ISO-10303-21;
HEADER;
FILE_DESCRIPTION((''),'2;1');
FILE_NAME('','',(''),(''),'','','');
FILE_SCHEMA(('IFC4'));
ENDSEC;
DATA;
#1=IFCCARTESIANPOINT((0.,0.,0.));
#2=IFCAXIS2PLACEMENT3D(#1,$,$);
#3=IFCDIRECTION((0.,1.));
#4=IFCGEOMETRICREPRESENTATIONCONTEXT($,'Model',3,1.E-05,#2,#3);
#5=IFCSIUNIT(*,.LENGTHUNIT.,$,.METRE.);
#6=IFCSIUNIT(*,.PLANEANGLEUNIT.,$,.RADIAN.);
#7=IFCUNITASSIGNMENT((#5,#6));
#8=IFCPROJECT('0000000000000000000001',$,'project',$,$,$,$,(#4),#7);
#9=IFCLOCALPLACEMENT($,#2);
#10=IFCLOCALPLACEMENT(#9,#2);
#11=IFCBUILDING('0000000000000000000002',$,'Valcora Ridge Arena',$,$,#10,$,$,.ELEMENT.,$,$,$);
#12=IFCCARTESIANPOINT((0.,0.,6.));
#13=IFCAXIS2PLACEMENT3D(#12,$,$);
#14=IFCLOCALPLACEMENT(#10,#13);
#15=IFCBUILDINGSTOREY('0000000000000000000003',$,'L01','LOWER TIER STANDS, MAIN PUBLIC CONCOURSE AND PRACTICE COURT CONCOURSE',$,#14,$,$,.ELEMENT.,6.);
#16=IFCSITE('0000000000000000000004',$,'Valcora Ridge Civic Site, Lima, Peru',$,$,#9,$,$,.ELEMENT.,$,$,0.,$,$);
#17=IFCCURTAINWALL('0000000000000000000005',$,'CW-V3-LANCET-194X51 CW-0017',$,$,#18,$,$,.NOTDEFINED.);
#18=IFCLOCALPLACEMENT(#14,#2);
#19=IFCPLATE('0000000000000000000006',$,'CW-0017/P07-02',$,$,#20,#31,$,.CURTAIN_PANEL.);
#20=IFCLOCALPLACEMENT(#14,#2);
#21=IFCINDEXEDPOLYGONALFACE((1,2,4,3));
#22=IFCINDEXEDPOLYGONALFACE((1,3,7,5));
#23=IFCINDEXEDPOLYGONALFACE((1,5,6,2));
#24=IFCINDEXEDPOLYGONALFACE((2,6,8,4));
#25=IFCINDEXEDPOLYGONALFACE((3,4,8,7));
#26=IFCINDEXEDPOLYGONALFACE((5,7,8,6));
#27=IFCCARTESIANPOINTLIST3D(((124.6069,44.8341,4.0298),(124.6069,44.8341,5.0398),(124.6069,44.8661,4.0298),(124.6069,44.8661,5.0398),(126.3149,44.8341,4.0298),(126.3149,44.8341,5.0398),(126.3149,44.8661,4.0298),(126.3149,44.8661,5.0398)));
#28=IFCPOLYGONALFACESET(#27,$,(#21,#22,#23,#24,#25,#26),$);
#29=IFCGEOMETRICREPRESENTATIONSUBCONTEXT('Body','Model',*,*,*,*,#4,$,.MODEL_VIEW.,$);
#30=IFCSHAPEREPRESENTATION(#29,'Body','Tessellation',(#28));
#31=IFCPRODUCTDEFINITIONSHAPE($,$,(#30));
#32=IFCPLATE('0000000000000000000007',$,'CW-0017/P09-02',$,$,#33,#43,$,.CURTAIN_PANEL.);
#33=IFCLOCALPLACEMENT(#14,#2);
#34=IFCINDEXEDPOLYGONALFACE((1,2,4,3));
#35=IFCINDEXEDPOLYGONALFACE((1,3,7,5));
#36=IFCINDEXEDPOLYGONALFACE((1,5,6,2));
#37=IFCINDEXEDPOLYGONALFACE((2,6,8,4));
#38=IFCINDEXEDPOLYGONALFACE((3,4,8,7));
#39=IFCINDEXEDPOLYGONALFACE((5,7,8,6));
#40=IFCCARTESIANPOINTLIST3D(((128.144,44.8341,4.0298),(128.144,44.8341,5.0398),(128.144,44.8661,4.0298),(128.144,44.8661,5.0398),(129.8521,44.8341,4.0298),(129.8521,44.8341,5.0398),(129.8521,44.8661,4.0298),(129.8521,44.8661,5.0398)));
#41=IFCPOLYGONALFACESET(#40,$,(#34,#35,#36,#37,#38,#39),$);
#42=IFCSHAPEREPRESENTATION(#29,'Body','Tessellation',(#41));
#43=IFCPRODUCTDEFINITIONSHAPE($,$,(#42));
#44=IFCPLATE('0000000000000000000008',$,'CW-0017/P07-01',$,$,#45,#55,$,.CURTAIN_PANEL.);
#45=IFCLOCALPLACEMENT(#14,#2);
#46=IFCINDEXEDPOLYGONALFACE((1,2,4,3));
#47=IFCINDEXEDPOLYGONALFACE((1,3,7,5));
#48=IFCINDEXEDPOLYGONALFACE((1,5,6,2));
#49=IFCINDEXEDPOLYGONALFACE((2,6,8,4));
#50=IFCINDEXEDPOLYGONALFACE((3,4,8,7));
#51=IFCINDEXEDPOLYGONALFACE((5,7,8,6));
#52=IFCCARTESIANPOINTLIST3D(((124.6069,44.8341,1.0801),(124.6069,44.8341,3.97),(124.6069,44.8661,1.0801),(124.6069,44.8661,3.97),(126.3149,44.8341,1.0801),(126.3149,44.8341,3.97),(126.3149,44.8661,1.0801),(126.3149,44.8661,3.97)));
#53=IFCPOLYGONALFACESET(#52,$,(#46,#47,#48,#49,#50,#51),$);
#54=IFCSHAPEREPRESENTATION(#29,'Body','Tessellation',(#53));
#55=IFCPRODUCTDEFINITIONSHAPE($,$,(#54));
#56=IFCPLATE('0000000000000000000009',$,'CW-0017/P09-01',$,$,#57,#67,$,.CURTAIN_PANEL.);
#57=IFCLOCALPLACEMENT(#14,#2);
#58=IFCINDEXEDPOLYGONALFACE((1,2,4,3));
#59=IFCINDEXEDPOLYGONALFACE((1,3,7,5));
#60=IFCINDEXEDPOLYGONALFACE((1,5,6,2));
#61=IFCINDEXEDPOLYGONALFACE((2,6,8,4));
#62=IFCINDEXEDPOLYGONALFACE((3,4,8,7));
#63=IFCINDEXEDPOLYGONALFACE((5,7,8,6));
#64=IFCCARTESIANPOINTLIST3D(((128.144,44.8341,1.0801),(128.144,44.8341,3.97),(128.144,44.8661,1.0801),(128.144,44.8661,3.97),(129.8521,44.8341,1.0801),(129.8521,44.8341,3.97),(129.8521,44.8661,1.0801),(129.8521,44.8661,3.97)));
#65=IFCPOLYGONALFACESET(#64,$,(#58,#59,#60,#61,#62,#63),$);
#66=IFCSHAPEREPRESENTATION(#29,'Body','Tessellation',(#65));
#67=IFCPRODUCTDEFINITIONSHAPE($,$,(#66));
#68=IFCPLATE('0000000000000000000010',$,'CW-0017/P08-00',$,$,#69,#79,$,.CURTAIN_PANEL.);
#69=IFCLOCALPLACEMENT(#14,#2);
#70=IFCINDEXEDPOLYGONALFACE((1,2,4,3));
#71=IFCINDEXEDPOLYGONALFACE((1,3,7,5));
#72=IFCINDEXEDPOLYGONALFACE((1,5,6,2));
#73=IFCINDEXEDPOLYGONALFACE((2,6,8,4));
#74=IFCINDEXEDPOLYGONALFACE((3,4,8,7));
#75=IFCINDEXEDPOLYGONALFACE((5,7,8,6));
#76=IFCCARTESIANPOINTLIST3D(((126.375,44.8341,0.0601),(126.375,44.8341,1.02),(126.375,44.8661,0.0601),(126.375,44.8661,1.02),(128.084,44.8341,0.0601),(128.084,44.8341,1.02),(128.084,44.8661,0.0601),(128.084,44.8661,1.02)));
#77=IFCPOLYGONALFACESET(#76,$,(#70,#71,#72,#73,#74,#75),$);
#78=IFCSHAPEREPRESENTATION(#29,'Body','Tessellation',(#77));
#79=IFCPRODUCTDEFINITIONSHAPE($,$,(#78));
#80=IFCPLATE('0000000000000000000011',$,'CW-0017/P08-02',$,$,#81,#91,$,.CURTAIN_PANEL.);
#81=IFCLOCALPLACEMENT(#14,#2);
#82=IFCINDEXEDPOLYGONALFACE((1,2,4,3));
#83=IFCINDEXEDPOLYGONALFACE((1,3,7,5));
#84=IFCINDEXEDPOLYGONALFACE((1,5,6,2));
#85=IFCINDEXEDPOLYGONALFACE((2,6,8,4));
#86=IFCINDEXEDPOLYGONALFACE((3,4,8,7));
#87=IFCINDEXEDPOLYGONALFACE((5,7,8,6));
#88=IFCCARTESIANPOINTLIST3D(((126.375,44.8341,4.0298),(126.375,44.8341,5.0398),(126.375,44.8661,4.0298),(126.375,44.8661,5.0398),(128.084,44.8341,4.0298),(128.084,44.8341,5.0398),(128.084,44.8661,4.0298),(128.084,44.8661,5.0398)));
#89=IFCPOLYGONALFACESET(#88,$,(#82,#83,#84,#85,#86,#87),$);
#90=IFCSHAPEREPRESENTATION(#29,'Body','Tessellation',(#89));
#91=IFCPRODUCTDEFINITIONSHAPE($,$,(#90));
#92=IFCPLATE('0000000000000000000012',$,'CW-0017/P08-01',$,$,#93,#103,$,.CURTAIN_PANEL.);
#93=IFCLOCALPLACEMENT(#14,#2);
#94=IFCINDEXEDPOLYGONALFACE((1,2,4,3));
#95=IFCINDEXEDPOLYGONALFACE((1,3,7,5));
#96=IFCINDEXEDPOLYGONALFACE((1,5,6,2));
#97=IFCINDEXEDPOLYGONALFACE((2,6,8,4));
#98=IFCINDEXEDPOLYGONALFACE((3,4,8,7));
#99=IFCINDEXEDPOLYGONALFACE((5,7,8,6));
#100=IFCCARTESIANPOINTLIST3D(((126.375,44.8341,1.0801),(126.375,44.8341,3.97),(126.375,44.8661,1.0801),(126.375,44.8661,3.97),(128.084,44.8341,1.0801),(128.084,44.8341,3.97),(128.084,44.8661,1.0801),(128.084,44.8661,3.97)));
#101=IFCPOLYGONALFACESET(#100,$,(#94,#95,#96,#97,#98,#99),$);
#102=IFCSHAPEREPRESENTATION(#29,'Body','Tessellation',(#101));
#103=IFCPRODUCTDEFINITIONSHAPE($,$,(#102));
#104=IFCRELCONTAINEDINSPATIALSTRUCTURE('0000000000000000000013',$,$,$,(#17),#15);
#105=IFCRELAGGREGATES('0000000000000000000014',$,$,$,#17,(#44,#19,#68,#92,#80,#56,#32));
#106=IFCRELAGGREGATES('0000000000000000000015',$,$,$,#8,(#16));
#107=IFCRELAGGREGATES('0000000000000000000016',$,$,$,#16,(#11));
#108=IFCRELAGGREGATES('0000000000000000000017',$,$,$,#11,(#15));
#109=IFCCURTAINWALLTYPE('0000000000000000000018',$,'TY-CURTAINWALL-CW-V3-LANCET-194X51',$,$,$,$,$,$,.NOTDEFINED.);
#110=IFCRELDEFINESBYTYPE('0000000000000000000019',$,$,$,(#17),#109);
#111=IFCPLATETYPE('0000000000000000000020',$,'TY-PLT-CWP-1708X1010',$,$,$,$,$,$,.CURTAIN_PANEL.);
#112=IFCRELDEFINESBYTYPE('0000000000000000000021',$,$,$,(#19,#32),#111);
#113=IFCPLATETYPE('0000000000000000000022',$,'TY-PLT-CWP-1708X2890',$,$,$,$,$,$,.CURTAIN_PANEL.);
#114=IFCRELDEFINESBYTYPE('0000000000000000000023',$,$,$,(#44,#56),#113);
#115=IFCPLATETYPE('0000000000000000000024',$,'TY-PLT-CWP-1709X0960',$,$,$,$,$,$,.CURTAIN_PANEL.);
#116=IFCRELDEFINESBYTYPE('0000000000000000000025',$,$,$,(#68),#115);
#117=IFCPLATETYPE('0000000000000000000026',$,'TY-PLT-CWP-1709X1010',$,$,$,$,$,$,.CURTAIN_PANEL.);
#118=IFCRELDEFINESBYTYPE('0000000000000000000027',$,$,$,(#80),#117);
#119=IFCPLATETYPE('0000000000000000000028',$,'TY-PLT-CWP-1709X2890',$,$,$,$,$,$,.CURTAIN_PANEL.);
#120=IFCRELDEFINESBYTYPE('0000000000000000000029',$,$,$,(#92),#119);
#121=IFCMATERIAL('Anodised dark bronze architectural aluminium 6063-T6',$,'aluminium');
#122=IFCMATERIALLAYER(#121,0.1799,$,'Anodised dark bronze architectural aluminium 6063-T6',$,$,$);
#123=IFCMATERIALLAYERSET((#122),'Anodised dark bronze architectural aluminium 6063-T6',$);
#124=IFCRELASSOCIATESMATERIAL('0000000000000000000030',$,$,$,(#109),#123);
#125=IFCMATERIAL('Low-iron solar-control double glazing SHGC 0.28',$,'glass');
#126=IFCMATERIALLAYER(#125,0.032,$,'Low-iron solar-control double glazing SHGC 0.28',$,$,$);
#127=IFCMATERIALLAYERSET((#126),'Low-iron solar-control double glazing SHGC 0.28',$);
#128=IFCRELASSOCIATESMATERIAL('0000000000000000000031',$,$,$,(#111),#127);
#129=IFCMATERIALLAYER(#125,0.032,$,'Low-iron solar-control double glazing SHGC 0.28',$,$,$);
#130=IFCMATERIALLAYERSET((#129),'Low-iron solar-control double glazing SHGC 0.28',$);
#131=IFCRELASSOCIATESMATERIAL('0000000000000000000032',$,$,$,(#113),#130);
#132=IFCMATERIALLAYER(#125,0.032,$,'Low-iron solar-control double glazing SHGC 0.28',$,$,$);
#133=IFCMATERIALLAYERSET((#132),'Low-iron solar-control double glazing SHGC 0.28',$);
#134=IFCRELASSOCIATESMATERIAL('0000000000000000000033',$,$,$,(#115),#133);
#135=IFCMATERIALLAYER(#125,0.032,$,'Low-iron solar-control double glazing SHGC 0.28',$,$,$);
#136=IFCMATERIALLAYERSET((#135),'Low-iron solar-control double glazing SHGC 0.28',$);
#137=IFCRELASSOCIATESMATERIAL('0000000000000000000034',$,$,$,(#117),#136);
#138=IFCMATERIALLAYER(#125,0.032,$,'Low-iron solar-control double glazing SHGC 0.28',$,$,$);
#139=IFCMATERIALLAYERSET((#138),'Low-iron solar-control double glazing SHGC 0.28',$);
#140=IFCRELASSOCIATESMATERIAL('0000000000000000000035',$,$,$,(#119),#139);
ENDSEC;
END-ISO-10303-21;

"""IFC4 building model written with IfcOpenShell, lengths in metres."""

from ifc_helpers import new_model, si_unit, direction, frame, origin, origin_2d, place, context, subcontext, project, spatial, rectangle, extrude, material, layer, layer_set, type_object, element, aggregate, save


model = new_model("IFC4")

# Units and contexts
model_context = context("Model", 3, precision=1e-05, world=origin(), true_north=direction((0.0, 1.0)))
body_context = subcontext(model_context, "Body", "Model", "MODEL_VIEW")
ifc_project = project(units=[si_unit("LENGTHUNIT", "METRE"), si_unit("PLANEANGLEUNIT", "RADIAN")], contexts=[model_context])

# Site, building, storey
site_placement = place(None, origin())
site = spatial("IfcSite", under=ifc_project, at=site_placement, Name="Valcora Ridge Civic Site, Lima, Peru", CompositionType="ELEMENT", RefElevation=0.0)
building_placement = place(site_placement, origin())
building = spatial("IfcBuilding", under=site, at=building_placement, Name="Valcora Ridge Arena", CompositionType="ELEMENT")
storey_placement = place(building_placement, frame((0.0, 0.0, 6.0)))
storey = spatial("IfcBuildingStorey", under=building, at=storey_placement, Name="L01", Description="LOWER TIER STANDS, MAIN PUBLIC CONCOURSE AND PRACTICE COURT CONCOURSE", CompositionType="ELEMENT", Elevation=6.0)

# Curtain wall, plates
ifc_material_1 = material(Name="Anodised dark bronze architectural aluminium 6063-T6", Category="aluminium")
ifc_layer_1 = layer(ifc_material_1, 0.1799, Name="Anodised dark bronze architectural aluminium 6063-T6")
ifc_layer_set_1 = layer_set([ifc_layer_1], Name="Anodised dark bronze architectural aluminium 6063-T6")
curtain_wall_type = type_object("IfcCurtainWallType", Name="TY-CURTAINWALL-CW-V3-LANCET-194X51", PredefinedType="NOTDEFINED", material=ifc_layer_set_1)
curtain_wall_placement = place(storey_placement, origin())
curtain_wall = element("IfcCurtainWall", 1, at=curtain_wall_placement, inside=storey, type_object=curtain_wall_type, Name="CW-V3-LANCET-194X51 CW-0017", PredefinedType="NOTDEFINED")
ifc_material_2 = material(Name="Low-iron solar-control double glazing SHGC 0.28", Category="glass")
ifc_layer_2 = layer(ifc_material_2, 0.032, Name="Low-iron solar-control double glazing SHGC 0.28")
ifc_layer_set_2 = layer_set([ifc_layer_2], Name="Low-iron solar-control double glazing SHGC 0.28")
plate_type_1 = type_object("IfcPlateType", Name="TY-PLT-CWP-1708X1010", PredefinedType="CURTAIN_PANEL", material=ifc_layer_set_2)
plate_1_placement = place(storey_placement, frame((125.4609, 44.8501, 4.0298), z_axis=(0.0, 0.0, 1.0), x_axis=(1.0, 0.0, 0.0)))
plate_1 = element("IfcPlate", 2, at=plate_1_placement, type_object=plate_type_1, Name="CW-0017/P07-02", PredefinedType="CURTAIN_PANEL", context=body_context, shape_type="SweptSolid", body=[
    extrude(rectangle(XDim=1.708, YDim=0.032, at=origin_2d()), origin(), (0.0, 0.0, 1.0), 1.01),
])
plate_2_placement = place(storey_placement, frame((128.998, 44.8501, 4.0298), z_axis=(0.0, 0.0, 1.0), x_axis=(1.0, 0.0, 0.0)))
plate_2 = element("IfcPlate", 3, at=plate_2_placement, type_object=plate_type_1, Name="CW-0017/P09-02", PredefinedType="CURTAIN_PANEL", context=body_context, shape_type="SweptSolid", body=[
    extrude(rectangle(XDim=1.708, YDim=0.032, at=origin_2d()), origin(), (0.0, 0.0, 1.0), 1.01),
])
ifc_layer_3 = layer(ifc_material_2, 0.032, Name="Low-iron solar-control double glazing SHGC 0.28")
ifc_layer_set_3 = layer_set([ifc_layer_3], Name="Low-iron solar-control double glazing SHGC 0.28")
plate_type_2 = type_object("IfcPlateType", Name="TY-PLT-CWP-1708X2890", PredefinedType="CURTAIN_PANEL", material=ifc_layer_set_3)
plate_3_placement = place(storey_placement, frame((125.4609, 44.8501, 1.0801), z_axis=(0.0, 0.0, 1.0), x_axis=(1.0, 0.0, 0.0)))
plate_3 = element("IfcPlate", 4, at=plate_3_placement, type_object=plate_type_2, Name="CW-0017/P07-01", PredefinedType="CURTAIN_PANEL", context=body_context, shape_type="SweptSolid", body=[
    extrude(rectangle(XDim=1.708, YDim=0.032, at=origin_2d()), origin(), (0.0, 0.0, 1.0), 2.8899),
])
plate_4_placement = place(storey_placement, frame((128.998, 44.8501, 1.0801), z_axis=(0.0, 0.0, 1.0), x_axis=(1.0, 0.0, 0.0)))
plate_4 = element("IfcPlate", 5, at=plate_4_placement, type_object=plate_type_2, Name="CW-0017/P09-01", PredefinedType="CURTAIN_PANEL", context=body_context, shape_type="SweptSolid", body=[
    extrude(rectangle(XDim=1.708, YDim=0.032, at=origin_2d()), origin(), (0.0, 0.0, 1.0), 2.8899),
])
ifc_layer_4 = layer(ifc_material_2, 0.032, Name="Low-iron solar-control double glazing SHGC 0.28")
ifc_layer_set_4 = layer_set([ifc_layer_4], Name="Low-iron solar-control double glazing SHGC 0.28")
plate_type_3 = type_object("IfcPlateType", Name="TY-PLT-CWP-1709X0960", PredefinedType="CURTAIN_PANEL", material=ifc_layer_set_4)
plate_5_placement = place(storey_placement, frame((127.2295, 44.8501, 0.0601), z_axis=(0.0, 0.0, 1.0), x_axis=(1.0, 0.0, 0.0)))
plate_5 = element("IfcPlate", 6, at=plate_5_placement, type_object=plate_type_3, Name="CW-0017/P08-00", PredefinedType="CURTAIN_PANEL", context=body_context, shape_type="SweptSolid", body=[
    extrude(rectangle(XDim=1.709, YDim=0.032, at=origin_2d()), origin(), (0.0, 0.0, 1.0), 0.96),
])
ifc_layer_5 = layer(ifc_material_2, 0.032, Name="Low-iron solar-control double glazing SHGC 0.28")
ifc_layer_set_5 = layer_set([ifc_layer_5], Name="Low-iron solar-control double glazing SHGC 0.28")
plate_type_4 = type_object("IfcPlateType", Name="TY-PLT-CWP-1709X1010", PredefinedType="CURTAIN_PANEL", material=ifc_layer_set_5)
plate_6_placement = place(storey_placement, frame((127.2295, 44.8501, 4.0298), z_axis=(0.0, 0.0, 1.0), x_axis=(1.0, 0.0, 0.0)))
plate_6 = element("IfcPlate", 7, at=plate_6_placement, type_object=plate_type_4, Name="CW-0017/P08-02", PredefinedType="CURTAIN_PANEL", context=body_context, shape_type="SweptSolid", body=[
    extrude(rectangle(XDim=1.709, YDim=0.032, at=origin_2d()), origin(), (0.0, 0.0, 1.0), 1.01),
])
ifc_layer_6 = layer(ifc_material_2, 0.032, Name="Low-iron solar-control double glazing SHGC 0.28")
ifc_layer_set_6 = layer_set([ifc_layer_6], Name="Low-iron solar-control double glazing SHGC 0.28")
plate_type_5 = type_object("IfcPlateType", Name="TY-PLT-CWP-1709X2890", PredefinedType="CURTAIN_PANEL", material=ifc_layer_set_6)
plate_7_placement = place(storey_placement, frame((127.2295, 44.8501, 1.0801), z_axis=(0.0, 0.0, 1.0), x_axis=(1.0, 0.0, 0.0)))
plate_7 = element("IfcPlate", 8, at=plate_7_placement, type_object=plate_type_5, Name="CW-0017/P08-01", PredefinedType="CURTAIN_PANEL", context=body_context, shape_type="SweptSolid", body=[
    extrude(rectangle(XDim=1.709, YDim=0.032, at=origin_2d()), origin(), (0.0, 0.0, 1.0), 2.8899),
])
aggregate(curtain_wall, [plate_3, plate_1, plate_5, plate_7, plate_6, plate_4, plate_2])

save(model, "model.ifc")
